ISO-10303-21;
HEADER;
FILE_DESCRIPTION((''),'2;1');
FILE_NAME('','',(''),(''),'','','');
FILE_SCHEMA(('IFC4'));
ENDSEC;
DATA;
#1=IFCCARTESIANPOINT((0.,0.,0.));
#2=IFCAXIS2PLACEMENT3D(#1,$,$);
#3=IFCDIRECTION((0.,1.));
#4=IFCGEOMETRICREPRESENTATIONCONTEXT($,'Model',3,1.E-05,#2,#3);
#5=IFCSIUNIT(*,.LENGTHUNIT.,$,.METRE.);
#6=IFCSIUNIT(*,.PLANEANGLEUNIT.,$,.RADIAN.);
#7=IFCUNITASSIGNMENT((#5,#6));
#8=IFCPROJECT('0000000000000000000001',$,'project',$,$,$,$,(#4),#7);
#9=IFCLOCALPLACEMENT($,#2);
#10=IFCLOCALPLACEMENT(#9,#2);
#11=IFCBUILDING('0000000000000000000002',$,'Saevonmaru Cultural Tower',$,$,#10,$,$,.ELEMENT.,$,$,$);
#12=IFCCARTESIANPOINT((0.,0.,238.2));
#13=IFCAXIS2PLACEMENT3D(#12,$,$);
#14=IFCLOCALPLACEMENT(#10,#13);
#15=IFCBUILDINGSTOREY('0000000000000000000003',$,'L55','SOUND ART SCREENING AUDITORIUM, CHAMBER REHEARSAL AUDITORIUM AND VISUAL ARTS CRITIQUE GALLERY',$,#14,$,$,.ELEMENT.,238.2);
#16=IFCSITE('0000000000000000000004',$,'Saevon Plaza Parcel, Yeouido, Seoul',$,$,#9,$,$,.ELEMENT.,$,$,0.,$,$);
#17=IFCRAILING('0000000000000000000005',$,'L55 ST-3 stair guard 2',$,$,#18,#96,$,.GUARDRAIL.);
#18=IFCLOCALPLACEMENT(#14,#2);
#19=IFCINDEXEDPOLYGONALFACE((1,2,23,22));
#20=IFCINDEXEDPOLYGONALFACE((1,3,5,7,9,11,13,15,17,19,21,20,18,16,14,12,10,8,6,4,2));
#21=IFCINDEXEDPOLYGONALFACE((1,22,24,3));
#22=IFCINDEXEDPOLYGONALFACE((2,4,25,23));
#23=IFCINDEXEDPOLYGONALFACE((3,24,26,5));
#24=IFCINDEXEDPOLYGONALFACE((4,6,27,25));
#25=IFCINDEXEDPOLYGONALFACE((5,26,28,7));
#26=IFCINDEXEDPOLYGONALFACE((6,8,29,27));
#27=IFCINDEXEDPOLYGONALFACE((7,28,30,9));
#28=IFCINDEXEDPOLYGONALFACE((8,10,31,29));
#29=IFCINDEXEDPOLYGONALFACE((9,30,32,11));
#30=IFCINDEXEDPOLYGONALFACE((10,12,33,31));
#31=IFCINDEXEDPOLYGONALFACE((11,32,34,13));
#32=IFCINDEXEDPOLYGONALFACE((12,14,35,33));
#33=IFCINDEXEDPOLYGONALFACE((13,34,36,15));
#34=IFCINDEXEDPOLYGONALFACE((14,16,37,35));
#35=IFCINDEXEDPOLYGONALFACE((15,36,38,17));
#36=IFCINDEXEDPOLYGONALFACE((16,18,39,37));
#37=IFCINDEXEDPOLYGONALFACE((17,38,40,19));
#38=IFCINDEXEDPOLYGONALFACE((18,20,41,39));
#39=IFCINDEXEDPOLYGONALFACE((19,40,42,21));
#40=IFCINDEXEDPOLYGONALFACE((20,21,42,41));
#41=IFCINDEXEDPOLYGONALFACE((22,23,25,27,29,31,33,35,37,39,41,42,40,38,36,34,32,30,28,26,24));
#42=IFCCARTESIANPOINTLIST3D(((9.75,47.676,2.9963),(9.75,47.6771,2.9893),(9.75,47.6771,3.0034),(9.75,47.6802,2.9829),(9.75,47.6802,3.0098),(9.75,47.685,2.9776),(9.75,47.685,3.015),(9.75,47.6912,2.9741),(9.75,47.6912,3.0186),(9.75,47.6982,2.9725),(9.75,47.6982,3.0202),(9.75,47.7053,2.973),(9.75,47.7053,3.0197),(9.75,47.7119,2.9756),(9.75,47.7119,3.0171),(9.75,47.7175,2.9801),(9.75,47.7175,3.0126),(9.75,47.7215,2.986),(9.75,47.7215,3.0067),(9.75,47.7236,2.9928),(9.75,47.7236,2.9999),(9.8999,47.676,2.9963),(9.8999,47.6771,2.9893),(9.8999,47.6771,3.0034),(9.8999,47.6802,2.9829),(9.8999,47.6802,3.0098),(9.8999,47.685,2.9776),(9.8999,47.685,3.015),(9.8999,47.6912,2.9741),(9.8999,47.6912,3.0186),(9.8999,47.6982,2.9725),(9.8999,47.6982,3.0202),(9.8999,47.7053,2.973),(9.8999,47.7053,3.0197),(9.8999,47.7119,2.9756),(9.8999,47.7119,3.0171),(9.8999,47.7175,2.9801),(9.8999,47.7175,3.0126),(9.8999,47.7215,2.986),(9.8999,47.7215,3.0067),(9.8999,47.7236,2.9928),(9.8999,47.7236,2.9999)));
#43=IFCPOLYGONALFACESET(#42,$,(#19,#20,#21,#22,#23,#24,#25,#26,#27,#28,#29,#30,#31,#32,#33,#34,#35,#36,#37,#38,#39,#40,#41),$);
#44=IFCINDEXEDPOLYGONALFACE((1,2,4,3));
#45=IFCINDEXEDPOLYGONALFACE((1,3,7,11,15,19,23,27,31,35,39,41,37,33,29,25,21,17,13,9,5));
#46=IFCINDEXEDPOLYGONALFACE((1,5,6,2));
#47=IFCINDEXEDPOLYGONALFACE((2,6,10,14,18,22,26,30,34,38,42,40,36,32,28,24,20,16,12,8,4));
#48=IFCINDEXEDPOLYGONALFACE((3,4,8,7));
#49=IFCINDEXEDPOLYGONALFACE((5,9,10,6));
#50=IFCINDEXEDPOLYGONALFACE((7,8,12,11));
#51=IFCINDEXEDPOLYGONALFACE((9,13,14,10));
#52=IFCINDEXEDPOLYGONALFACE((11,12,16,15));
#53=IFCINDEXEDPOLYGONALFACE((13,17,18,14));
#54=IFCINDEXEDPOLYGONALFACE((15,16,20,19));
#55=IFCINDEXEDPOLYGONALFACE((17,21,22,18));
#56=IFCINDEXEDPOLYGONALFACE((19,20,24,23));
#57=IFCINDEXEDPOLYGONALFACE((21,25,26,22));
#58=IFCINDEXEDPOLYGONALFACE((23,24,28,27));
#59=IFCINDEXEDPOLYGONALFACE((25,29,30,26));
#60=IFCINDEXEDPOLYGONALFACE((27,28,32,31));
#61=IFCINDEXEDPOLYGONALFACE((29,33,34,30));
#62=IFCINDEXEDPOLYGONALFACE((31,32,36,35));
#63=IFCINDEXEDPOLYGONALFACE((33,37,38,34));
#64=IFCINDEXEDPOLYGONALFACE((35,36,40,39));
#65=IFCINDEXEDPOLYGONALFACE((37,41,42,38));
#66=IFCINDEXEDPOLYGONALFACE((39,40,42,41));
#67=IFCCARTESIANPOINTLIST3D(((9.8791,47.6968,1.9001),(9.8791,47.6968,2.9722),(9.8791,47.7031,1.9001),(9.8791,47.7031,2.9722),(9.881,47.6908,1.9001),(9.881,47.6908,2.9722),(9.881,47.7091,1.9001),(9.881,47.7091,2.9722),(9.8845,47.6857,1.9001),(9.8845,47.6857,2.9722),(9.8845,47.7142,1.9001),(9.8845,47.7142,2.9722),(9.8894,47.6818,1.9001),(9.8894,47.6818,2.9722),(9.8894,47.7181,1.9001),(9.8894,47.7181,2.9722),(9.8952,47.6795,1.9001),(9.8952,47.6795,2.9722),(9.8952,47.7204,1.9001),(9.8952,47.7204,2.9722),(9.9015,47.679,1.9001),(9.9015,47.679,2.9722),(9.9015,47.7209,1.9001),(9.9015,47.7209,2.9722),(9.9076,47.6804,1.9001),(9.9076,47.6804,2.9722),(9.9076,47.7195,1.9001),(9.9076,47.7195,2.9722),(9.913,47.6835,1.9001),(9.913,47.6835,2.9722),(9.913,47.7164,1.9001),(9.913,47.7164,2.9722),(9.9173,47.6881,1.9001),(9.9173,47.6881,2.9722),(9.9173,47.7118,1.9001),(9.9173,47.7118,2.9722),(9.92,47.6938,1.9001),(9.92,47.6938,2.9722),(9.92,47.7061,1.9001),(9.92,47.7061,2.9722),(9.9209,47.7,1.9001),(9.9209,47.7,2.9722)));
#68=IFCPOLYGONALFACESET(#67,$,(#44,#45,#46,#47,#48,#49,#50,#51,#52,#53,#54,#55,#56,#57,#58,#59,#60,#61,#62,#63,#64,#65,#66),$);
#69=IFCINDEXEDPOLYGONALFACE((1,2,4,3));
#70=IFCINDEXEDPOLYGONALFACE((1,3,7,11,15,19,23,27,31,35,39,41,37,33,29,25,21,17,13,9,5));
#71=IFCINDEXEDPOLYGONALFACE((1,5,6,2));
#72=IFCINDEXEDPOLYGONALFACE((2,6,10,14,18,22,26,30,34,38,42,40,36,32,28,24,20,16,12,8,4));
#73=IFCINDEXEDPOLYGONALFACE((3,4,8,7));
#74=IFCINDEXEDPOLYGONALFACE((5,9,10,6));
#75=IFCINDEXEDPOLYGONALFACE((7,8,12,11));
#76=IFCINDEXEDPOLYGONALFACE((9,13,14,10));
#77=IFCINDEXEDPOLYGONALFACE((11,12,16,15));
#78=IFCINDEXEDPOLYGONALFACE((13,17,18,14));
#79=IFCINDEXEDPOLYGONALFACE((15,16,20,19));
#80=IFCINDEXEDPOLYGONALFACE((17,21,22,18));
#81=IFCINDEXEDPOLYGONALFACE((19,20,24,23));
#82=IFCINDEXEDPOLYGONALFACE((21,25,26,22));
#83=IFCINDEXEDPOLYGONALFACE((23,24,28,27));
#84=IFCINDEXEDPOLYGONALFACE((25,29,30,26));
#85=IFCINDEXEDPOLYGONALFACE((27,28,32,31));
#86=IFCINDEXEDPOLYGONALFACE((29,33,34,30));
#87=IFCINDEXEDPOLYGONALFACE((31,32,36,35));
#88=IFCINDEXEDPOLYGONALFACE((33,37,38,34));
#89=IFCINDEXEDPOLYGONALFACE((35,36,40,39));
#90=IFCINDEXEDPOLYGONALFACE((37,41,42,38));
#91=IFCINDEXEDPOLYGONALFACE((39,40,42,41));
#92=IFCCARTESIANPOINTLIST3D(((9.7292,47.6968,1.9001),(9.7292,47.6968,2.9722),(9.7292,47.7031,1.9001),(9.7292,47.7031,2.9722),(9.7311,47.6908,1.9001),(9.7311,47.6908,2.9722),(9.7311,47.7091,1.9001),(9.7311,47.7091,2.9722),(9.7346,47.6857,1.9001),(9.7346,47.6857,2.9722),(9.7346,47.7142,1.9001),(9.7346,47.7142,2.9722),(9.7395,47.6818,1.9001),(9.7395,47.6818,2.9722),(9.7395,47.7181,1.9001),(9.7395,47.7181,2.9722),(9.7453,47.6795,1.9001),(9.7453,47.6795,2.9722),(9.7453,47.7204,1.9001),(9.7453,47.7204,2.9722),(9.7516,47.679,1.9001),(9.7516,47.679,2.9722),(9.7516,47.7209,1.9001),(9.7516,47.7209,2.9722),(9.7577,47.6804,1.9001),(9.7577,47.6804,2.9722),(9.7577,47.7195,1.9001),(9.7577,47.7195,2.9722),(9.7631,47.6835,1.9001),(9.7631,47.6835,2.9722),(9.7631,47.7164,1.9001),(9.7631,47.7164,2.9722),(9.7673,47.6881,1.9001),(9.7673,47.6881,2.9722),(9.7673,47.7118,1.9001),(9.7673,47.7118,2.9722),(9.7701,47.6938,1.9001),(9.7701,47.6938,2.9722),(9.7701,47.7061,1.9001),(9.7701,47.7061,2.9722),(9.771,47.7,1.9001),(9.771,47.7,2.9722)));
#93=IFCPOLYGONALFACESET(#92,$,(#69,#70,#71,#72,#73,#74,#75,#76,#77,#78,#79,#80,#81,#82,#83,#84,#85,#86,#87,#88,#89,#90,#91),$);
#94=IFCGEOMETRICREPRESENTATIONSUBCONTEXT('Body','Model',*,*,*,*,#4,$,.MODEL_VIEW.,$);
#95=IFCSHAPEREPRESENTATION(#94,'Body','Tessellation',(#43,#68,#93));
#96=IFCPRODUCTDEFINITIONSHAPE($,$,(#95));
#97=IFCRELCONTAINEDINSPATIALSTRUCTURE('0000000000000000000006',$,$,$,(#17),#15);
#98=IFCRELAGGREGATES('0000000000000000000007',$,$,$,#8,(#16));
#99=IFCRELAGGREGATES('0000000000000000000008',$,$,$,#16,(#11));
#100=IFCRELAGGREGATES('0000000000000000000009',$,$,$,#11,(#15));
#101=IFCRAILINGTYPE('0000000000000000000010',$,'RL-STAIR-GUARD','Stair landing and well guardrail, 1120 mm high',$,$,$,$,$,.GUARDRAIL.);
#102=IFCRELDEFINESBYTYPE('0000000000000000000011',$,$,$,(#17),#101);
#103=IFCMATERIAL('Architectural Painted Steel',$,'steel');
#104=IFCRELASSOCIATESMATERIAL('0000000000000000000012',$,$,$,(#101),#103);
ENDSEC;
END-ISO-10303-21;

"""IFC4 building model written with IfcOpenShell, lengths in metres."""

from ifc_helpers import new_model, si_unit, direction, frame, origin, origin_2d, place, context, subcontext, project, spatial, circle, extrude, material, type_object, element, save


model = new_model("IFC4")

# Units and contexts
model_context = context("Model", 3, precision=1e-05, world=origin(), true_north=direction((0.0, 1.0)))
body_context = subcontext(model_context, "Body", "Model", "MODEL_VIEW")
ifc_project = project(units=[si_unit("LENGTHUNIT", "METRE"), si_unit("PLANEANGLEUNIT", "RADIAN")], contexts=[model_context])

# Site, building, storey
site_placement = place(None, origin())
site = spatial("IfcSite", under=ifc_project, at=site_placement, Name="Saevon Plaza Parcel, Yeouido, Seoul", CompositionType="ELEMENT", RefElevation=0.0)
building_placement = place(site_placement, origin())
building = spatial("IfcBuilding", under=site, at=building_placement, Name="Saevonmaru Cultural Tower", CompositionType="ELEMENT")
storey_placement = place(building_placement, frame((0.0, 0.0, 238.2)))
storey = spatial("IfcBuildingStorey", under=building, at=storey_placement, Name="L55", Description="SOUND ART SCREENING AUDITORIUM, CHAMBER REHEARSAL AUDITORIUM AND VISUAL ARTS CRITIQUE GALLERY", CompositionType="ELEMENT", Elevation=238.2)

# Railing
ifc_material_1 = material(Name="Architectural Painted Steel", Category="steel")
railing_type_1 = type_object("IfcRailingType", Name="RL-STAIR-GUARD", Description="Stair landing and well guardrail, 1120 mm high", PredefinedType="GUARDRAIL", material=ifc_material_1)
railing_1_placement = place(storey_placement, frame((9.8999, 47.7, 1.9001)))
element("IfcRailing", 1, at=railing_1_placement, inside=storey, type_object=railing_type_1, Name="L55 ST-3 stair guard 2", PredefinedType="GUARDRAIL", context=body_context, shape_type="SweptSolid", body=[
    extrude(circle(Radius=0.0239, at=origin_2d()), frame((0.0, 0.0, 1.0962), z_axis=(-1.0, 0.0, 0.0), x_axis=(0.0, -1.0, 0.0)), (0.0, 0.0, 1.0), 0.1499),
    extrude(circle(Radius=0.021, at=origin_2d()), origin(), (0.0, 0.0, 1.0), 1.072),
    extrude(circle(Radius=0.021, at=origin_2d()), frame((-0.1499, 0.0, 0.0)), (0.0, 0.0, 1.0), 1.072),
])

save(model, "model.ifc")
